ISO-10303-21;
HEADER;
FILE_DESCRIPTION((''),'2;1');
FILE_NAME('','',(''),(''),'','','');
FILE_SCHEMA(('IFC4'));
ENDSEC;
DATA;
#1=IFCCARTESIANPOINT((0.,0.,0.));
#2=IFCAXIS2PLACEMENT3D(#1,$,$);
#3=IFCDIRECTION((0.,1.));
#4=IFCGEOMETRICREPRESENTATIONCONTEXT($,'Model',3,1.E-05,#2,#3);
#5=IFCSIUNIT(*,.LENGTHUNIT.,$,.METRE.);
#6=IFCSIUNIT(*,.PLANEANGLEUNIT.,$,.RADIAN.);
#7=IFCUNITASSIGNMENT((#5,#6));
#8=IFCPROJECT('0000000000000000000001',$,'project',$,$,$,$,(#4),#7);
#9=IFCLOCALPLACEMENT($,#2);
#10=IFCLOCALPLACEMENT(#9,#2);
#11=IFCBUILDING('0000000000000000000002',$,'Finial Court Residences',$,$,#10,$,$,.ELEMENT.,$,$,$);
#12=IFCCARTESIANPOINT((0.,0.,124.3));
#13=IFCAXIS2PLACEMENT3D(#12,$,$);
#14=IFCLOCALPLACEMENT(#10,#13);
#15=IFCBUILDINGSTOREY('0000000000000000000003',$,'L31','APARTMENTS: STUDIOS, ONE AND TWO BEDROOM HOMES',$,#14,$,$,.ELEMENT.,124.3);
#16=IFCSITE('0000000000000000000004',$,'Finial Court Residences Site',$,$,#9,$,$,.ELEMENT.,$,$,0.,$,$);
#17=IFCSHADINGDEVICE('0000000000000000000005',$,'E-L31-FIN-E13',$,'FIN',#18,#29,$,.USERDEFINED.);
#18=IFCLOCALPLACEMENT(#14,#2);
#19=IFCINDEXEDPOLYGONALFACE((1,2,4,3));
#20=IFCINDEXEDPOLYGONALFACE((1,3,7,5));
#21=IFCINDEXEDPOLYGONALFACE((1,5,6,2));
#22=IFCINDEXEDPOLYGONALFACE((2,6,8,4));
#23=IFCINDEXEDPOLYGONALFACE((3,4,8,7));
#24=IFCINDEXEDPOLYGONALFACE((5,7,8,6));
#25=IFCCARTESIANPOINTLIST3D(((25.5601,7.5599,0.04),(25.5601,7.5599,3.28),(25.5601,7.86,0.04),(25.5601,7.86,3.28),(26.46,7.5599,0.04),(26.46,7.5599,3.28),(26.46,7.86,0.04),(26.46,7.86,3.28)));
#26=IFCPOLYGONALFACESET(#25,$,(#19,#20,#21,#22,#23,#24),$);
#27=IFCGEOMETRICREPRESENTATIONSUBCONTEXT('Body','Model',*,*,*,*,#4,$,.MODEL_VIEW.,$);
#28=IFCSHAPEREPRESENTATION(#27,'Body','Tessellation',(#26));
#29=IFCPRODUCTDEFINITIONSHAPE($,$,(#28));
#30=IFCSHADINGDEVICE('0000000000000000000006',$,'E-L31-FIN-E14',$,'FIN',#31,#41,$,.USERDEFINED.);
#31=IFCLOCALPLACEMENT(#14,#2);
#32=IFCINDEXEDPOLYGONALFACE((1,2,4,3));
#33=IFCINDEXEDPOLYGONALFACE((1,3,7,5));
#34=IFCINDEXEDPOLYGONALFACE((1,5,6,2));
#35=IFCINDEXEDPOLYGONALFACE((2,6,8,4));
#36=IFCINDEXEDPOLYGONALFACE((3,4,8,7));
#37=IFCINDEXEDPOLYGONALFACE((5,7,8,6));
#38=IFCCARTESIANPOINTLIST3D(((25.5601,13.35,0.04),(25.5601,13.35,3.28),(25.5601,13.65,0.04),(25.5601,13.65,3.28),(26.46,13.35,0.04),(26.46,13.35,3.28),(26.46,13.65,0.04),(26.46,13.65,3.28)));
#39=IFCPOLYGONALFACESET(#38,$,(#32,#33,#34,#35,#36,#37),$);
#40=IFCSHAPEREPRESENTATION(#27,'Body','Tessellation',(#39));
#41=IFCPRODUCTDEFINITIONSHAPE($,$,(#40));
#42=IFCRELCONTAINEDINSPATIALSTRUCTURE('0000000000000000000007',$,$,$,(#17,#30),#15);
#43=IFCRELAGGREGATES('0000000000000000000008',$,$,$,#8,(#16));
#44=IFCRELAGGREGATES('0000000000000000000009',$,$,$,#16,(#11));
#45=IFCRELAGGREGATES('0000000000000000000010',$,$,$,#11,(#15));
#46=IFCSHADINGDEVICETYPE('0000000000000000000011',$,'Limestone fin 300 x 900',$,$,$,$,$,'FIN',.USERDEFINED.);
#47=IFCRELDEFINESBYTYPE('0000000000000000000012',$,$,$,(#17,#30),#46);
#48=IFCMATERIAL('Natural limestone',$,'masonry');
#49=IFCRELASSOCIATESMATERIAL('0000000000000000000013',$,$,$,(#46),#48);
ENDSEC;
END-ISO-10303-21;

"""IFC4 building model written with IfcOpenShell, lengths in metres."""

from ifc_helpers import new_model, si_unit, direction, frame, origin, origin_2d, place, context, subcontext, project, spatial, rectangle, extrude, material, type_object, element, save


model = new_model("IFC4")

# Units and contexts
model_context = context("Model", 3, precision=1e-05, world=origin(), true_north=direction((0.0, 1.0)))
body_context = subcontext(model_context, "Body", "Model", "MODEL_VIEW")
ifc_project = project(units=[si_unit("LENGTHUNIT", "METRE"), si_unit("PLANEANGLEUNIT", "RADIAN")], contexts=[model_context])

# Site, building, storey
site_placement = place(None, origin())
site = spatial("IfcSite", under=ifc_project, at=site_placement, Name="Finial Court Residences Site", CompositionType="ELEMENT", RefElevation=0.0)
building_placement = place(site_placement, origin())
building = spatial("IfcBuilding", under=site, at=building_placement, Name="Finial Court Residences", CompositionType="ELEMENT")
storey_placement = place(building_placement, frame((0.0, 0.0, 124.3)))
storey = spatial("IfcBuildingStorey", under=building, at=storey_placement, Name="L31", Description="APARTMENTS: STUDIOS, ONE AND TWO BEDROOM HOMES", CompositionType="ELEMENT", Elevation=124.3)

# Shared definitions
ifc_material_1 = material(Name="Natural limestone", Category="masonry")

# Shading devices
shading_device_type = type_object("IfcShadingDeviceType", Name="Limestone fin 300 x 900", ElementType="FIN", PredefinedType="USERDEFINED", material=ifc_material_1)
for number, where, z_axis, x_axis, name in (
    (1, (26.01, 7.71, 0.04), (0.0, 0.0, 1.0), (1.0, 0.0, 0.0), "E-L31-FIN-E13"),
    (2, (26.01, 13.5, 0.04), (0.0, 0.0, 1.0), (1.0, 0.0, 0.0), "E-L31-FIN-E14"),
):
    element("IfcShadingDevice", number, at=place(storey_placement, frame(where, z_axis=z_axis, x_axis=x_axis)), inside=storey, type_object=shading_device_type, Name=name, ObjectType="FIN", PredefinedType="USERDEFINED", context=body_context, shape_type="SweptSolid", body=[
        extrude(rectangle(XDim=0.8999, YDim=0.3, at=origin_2d()), origin(), (0.0, 0.0, 1.0), 3.24),
    ])

save(model, "model.ifc")
